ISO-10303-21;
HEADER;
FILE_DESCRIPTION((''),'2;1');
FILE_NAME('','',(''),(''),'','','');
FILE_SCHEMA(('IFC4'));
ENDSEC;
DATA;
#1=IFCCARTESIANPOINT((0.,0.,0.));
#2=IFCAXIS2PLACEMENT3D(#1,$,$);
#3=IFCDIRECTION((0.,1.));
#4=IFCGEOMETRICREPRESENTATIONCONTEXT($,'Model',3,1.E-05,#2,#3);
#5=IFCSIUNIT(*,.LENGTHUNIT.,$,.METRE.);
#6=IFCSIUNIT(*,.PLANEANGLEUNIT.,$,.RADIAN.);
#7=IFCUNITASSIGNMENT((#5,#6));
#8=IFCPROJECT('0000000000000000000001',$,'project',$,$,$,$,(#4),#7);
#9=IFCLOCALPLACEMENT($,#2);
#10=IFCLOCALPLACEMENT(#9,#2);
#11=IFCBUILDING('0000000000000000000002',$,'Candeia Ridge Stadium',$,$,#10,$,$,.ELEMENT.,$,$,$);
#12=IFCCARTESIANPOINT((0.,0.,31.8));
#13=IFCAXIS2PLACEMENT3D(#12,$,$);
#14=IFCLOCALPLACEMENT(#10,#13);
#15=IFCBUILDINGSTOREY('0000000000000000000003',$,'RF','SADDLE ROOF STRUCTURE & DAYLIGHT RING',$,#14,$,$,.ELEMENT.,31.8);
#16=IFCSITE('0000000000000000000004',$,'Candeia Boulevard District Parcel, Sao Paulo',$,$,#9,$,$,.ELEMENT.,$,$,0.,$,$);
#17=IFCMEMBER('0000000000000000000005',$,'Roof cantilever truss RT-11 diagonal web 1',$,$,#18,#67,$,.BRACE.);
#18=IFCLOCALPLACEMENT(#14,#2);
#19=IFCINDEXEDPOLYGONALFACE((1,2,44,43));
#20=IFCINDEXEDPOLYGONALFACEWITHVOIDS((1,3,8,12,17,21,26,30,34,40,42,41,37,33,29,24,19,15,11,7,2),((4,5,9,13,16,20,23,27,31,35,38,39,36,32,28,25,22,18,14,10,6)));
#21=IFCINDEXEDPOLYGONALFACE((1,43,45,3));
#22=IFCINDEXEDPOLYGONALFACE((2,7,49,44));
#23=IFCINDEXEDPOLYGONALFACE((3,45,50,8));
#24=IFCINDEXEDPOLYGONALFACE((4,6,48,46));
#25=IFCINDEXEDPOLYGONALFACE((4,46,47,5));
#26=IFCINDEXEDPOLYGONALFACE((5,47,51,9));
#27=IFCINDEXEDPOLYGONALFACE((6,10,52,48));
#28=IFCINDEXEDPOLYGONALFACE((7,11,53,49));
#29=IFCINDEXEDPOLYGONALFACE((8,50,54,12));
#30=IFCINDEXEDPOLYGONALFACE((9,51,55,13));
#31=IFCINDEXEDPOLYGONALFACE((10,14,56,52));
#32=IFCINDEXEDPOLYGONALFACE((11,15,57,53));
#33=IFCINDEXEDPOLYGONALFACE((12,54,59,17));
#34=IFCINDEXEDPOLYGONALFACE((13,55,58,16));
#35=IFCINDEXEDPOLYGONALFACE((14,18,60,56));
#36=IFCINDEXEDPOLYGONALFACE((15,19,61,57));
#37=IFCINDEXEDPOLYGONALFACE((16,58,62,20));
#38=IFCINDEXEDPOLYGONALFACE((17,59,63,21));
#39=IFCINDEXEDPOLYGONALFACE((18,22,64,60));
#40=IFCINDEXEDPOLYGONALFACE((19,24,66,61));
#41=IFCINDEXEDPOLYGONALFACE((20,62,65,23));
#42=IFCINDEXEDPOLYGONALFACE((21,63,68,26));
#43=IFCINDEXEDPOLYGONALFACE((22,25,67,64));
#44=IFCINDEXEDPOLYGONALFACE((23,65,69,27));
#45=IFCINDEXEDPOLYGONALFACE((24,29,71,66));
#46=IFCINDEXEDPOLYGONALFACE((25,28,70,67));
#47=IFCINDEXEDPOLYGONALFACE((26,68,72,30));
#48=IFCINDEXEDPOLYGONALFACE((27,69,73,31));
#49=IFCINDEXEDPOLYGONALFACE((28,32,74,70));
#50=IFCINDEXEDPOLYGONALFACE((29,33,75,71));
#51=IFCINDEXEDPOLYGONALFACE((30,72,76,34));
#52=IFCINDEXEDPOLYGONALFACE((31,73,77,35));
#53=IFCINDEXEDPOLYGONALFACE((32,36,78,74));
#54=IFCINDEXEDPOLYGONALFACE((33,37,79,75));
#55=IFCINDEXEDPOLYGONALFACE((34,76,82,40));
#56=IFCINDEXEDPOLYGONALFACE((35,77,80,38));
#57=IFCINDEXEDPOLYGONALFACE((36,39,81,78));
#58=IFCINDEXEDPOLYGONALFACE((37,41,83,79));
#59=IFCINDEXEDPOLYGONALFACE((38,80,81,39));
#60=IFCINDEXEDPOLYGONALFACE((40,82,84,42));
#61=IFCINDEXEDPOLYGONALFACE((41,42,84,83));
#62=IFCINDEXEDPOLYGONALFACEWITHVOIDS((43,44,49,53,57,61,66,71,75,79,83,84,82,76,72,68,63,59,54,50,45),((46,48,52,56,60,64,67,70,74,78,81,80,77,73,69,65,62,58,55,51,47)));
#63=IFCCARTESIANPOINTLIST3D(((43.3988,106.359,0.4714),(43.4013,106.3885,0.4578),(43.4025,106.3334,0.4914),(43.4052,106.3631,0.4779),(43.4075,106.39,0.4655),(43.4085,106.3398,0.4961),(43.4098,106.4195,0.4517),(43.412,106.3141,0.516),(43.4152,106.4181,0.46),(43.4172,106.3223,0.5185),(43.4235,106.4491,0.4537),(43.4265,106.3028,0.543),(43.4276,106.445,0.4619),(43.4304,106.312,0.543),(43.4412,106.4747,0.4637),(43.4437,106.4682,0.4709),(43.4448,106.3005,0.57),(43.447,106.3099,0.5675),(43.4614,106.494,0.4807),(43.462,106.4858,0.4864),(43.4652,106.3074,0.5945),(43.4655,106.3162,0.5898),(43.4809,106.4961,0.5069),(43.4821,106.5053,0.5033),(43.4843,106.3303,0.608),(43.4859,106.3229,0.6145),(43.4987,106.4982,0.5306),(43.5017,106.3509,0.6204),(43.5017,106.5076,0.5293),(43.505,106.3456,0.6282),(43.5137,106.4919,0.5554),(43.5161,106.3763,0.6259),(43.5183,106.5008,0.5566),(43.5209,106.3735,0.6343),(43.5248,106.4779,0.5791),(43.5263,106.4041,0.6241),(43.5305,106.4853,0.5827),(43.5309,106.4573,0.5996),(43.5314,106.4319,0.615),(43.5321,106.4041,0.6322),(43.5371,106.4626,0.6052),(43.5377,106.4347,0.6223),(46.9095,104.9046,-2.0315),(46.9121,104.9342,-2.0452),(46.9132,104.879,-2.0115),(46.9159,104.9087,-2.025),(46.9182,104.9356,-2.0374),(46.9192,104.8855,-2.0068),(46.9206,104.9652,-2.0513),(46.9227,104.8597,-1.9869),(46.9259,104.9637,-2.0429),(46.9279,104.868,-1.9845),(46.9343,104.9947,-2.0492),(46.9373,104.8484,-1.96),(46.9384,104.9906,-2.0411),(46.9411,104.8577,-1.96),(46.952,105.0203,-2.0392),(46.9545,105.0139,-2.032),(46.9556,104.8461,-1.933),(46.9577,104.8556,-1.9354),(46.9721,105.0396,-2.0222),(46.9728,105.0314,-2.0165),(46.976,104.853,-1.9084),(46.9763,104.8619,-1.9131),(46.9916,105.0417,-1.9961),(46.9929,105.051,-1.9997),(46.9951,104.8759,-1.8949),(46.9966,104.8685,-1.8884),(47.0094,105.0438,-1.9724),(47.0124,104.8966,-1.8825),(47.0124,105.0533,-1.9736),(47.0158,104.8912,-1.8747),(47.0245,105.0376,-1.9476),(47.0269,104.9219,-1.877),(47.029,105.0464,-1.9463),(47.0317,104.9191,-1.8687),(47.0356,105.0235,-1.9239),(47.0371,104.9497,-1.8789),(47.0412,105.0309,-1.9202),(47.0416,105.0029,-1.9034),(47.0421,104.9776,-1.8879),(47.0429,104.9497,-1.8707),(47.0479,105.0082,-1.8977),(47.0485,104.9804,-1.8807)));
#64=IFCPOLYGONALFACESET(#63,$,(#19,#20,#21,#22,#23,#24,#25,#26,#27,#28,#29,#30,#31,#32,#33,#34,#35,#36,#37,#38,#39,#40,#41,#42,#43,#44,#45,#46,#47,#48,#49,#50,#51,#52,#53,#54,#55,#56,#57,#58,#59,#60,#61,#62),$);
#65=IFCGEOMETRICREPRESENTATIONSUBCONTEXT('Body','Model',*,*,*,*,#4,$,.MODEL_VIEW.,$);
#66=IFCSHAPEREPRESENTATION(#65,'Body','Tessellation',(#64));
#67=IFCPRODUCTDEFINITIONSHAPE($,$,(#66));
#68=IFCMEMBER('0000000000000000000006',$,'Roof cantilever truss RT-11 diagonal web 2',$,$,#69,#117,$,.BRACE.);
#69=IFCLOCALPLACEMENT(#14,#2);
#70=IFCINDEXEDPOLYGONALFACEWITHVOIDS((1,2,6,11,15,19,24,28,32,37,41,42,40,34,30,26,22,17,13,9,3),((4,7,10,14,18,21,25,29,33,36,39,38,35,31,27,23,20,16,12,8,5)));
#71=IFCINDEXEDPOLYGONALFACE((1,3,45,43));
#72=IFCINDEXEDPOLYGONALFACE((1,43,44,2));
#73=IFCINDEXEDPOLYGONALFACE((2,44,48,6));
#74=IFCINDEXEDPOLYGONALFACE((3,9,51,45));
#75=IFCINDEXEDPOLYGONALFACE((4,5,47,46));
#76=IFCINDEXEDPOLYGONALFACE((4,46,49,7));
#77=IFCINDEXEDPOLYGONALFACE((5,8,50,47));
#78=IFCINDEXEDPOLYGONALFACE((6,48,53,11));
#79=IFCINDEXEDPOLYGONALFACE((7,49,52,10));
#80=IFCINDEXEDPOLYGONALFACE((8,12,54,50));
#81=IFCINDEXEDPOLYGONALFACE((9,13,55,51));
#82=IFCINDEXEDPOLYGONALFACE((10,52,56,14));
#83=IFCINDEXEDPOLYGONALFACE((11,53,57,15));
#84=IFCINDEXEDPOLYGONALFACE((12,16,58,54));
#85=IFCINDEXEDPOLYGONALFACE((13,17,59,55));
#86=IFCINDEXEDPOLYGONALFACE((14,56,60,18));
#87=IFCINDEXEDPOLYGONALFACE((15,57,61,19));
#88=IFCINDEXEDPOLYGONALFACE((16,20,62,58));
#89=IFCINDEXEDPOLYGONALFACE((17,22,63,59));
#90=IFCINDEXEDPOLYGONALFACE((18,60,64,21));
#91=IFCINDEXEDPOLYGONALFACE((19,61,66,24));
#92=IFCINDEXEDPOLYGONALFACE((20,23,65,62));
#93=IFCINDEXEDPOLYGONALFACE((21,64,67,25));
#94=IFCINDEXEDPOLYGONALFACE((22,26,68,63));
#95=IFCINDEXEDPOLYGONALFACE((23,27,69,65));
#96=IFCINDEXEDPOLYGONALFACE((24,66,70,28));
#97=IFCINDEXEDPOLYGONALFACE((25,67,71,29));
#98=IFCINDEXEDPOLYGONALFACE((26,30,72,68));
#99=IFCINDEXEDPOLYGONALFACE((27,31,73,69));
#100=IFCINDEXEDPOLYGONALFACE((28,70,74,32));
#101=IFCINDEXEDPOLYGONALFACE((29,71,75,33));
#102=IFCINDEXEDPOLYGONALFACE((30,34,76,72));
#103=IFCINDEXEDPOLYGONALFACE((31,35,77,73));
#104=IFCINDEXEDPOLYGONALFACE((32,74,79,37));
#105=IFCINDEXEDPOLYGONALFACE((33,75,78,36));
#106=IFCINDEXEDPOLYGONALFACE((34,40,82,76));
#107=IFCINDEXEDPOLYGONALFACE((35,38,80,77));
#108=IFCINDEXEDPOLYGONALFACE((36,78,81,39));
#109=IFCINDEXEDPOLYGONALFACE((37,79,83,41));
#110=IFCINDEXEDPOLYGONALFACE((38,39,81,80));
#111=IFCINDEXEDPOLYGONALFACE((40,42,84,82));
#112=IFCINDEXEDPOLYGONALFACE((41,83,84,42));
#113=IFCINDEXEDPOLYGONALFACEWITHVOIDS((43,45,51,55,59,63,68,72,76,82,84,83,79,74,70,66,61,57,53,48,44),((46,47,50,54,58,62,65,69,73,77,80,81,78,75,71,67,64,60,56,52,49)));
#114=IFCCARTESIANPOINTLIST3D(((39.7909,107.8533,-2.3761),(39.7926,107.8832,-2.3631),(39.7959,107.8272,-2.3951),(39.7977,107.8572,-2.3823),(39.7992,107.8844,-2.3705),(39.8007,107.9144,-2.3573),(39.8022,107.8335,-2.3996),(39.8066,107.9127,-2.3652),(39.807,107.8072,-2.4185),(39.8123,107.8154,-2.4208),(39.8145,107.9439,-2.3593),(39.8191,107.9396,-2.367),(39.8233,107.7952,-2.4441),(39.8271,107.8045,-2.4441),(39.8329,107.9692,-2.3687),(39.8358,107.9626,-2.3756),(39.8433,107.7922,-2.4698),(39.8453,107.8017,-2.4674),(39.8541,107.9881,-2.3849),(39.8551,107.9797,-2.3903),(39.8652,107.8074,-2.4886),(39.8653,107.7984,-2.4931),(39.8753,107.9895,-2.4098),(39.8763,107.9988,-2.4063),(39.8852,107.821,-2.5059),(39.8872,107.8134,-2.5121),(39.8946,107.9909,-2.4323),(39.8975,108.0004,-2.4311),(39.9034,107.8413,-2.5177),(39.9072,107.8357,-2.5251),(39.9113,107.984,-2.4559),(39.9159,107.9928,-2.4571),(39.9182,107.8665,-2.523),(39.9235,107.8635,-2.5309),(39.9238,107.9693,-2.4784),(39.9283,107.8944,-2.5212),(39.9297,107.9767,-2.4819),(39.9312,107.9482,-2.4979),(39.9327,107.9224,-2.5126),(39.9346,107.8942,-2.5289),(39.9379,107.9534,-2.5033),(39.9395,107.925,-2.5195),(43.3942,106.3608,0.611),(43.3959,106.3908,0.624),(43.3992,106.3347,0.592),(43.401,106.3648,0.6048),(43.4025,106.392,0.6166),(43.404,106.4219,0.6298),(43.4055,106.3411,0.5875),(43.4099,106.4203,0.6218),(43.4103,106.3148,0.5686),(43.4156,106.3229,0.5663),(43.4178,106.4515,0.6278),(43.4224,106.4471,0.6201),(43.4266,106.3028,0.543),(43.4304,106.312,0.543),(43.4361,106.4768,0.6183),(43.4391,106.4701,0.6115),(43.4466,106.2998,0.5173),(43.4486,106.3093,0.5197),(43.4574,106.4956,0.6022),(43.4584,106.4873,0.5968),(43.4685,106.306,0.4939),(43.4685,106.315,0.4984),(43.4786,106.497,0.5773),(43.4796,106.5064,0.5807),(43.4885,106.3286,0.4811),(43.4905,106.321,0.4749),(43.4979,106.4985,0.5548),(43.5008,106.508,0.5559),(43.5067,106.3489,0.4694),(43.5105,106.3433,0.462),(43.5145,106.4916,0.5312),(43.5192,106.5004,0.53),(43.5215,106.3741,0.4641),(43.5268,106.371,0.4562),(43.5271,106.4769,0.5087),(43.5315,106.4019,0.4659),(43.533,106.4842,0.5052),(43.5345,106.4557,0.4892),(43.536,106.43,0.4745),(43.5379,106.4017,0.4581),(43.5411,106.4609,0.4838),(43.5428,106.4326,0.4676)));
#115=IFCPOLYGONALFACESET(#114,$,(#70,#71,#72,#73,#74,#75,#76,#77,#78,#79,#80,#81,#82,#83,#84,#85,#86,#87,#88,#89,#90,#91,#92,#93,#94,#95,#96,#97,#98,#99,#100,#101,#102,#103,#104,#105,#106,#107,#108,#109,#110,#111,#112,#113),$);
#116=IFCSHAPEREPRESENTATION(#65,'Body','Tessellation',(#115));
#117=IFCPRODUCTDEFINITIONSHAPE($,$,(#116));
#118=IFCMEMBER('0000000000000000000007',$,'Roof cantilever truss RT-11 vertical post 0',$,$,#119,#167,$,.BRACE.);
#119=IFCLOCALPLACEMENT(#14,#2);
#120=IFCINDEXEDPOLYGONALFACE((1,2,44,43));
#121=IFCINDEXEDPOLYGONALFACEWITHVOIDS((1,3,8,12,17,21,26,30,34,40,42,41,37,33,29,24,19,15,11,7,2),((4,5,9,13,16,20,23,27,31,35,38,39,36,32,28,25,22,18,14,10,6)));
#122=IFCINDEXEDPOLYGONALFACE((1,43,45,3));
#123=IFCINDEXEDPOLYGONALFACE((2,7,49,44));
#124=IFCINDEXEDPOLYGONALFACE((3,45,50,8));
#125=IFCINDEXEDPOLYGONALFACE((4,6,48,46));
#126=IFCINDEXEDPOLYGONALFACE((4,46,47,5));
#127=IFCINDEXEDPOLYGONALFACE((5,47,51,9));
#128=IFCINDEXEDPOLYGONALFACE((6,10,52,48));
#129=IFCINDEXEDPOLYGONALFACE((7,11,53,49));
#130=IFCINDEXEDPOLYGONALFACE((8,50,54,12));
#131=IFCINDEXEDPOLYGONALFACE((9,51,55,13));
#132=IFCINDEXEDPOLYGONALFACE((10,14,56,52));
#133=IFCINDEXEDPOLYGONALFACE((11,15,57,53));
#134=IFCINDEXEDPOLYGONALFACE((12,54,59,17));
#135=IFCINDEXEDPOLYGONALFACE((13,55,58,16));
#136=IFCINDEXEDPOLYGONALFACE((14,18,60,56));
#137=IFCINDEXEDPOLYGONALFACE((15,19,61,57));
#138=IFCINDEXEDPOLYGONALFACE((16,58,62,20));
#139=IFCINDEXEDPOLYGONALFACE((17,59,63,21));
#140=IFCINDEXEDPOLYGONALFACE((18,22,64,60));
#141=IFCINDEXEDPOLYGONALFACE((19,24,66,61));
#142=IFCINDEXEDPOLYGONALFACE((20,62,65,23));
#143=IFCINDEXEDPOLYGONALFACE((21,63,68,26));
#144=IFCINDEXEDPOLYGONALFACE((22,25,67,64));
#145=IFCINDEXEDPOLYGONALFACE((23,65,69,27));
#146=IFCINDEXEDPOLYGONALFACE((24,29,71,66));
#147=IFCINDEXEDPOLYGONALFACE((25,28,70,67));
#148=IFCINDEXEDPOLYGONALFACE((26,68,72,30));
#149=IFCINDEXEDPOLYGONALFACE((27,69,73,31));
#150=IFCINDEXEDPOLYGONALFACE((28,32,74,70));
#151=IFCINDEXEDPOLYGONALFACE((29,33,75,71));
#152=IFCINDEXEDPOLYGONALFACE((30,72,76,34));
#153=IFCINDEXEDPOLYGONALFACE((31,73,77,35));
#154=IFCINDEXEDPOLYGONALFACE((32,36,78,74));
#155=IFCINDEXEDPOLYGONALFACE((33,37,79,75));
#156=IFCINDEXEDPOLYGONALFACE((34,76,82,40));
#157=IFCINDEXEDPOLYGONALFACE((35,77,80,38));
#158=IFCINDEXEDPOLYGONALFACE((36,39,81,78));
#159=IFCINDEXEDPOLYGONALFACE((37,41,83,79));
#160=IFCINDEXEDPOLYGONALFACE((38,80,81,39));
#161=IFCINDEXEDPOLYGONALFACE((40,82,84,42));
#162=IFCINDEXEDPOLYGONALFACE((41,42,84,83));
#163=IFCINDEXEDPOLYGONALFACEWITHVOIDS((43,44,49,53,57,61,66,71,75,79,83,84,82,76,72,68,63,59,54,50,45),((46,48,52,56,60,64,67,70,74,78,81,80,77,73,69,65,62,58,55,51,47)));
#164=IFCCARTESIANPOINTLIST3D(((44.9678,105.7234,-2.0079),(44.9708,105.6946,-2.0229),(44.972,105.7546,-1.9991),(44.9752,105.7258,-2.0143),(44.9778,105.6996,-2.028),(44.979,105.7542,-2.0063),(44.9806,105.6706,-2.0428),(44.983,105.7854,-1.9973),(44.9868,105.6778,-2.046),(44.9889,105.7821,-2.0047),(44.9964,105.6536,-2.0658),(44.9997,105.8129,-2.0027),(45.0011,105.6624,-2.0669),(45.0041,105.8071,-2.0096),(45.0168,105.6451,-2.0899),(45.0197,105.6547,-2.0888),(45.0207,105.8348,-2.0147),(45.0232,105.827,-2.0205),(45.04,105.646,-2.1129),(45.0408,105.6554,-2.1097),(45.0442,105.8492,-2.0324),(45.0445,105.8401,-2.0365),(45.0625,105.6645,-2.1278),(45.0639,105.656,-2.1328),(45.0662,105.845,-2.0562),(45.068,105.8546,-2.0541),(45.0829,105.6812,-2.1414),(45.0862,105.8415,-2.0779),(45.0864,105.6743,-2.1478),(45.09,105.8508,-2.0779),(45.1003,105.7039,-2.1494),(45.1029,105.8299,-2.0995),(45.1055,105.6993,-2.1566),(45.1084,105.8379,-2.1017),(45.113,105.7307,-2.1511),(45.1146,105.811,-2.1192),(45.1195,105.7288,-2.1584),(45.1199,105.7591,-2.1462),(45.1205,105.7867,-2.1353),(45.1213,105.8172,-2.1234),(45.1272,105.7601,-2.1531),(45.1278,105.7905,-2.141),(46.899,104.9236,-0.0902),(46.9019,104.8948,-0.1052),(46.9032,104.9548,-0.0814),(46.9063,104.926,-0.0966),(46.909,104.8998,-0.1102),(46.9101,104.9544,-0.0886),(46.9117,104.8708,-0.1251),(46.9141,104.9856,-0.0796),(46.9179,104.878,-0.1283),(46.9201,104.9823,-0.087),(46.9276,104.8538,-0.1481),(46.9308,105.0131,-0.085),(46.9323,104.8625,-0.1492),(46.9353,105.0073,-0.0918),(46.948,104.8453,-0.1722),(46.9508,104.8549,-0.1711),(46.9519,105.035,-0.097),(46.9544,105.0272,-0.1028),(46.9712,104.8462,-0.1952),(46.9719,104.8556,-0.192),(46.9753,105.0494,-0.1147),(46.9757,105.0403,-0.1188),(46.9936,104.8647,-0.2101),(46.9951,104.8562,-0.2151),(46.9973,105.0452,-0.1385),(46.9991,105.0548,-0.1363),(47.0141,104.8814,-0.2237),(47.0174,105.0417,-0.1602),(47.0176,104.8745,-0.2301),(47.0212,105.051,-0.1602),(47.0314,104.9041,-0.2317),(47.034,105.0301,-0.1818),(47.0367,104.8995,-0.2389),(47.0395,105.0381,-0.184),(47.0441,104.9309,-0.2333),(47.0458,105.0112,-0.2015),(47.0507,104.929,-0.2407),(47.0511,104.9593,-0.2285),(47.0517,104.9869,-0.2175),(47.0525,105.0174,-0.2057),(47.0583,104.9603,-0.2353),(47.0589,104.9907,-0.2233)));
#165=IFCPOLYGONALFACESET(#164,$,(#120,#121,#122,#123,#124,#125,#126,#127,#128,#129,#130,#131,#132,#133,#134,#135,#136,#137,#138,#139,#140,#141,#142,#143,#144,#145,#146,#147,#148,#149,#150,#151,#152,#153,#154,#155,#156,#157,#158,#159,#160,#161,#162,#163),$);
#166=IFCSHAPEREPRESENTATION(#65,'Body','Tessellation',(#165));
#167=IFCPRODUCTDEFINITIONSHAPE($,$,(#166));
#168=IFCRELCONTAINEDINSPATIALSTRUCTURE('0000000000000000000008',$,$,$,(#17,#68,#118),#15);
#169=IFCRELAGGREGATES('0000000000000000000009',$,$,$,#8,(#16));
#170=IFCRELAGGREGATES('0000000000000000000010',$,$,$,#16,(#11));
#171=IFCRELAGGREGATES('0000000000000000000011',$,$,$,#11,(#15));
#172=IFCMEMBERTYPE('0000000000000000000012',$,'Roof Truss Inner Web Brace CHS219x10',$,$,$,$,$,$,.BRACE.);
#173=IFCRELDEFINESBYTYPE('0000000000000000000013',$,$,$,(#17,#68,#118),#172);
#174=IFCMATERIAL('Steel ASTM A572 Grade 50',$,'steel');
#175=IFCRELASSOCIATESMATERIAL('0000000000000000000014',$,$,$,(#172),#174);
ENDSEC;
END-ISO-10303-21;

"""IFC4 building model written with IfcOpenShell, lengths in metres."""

from ifc_helpers import new_model, si_unit, direction, frame, origin, origin_2d, place, context, subcontext, project, spatial, hollow_circle, extrude, material, material_profile, profile_set, type_object, element, save


model = new_model("IFC4")

# Units and contexts
model_context = context("Model", 3, precision=1e-05, world=origin(), true_north=direction((0.0, 1.0)))
body_context = subcontext(model_context, "Body", "Model", "MODEL_VIEW")
ifc_project = project(units=[si_unit("LENGTHUNIT", "METRE"), si_unit("PLANEANGLEUNIT", "RADIAN")], contexts=[model_context])

# Site, building, storey
site_placement = place(None, origin())
site = spatial("IfcSite", under=ifc_project, at=site_placement, Name="Candeia Boulevard District Parcel, Sao Paulo", CompositionType="ELEMENT", RefElevation=0.0)
building_placement = place(site_placement, origin())
building = spatial("IfcBuilding", under=site, at=building_placement, Name="Candeia Ridge Stadium", CompositionType="ELEMENT")
storey_placement = place(building_placement, frame((0.0, 0.0, 31.8)))
storey = spatial("IfcBuildingStorey", under=building, at=storey_placement, Name="RF", Description="SADDLE ROOF STRUCTURE & DAYLIGHT RING", CompositionType="ELEMENT", Elevation=31.8)

# Shared definitions
ifc_material_1 = material(Name="Steel ASTM A572 Grade 50", Category="steel")

# Members
ifc_material_profile_1 = material_profile(ifc_material_1, hollow_circle(Radius=0.1096, WallThickness=0.01, at=origin_2d()), Name="CHS219x10", Category="steel")
ifc_profile_set_1 = profile_set([ifc_material_profile_1], Name="Steel ASTM A572 Grade 50")
member_type_1 = type_object("IfcMemberType", Name="Roof Truss Inner Web Brace CHS219x10", PredefinedType="BRACE", material=ifc_profile_set_1)
member_1_placement = place(storey_placement, frame((46.9792, 104.9497, -1.96), z_axis=(-0.771543, 0.319616, 0.55006), x_axis=(-0.382717, -0.923866, 0.0)))
element("IfcMember", 1, at=member_1_placement, inside=storey, type_object=member_type_1, Name="Roof cantilever truss RT-11 diagonal web 1", PredefinedType="BRACE", context=body_context, shape_type="SweptSolid", body=[
    extrude(hollow_circle(Radius=0.1096, WallThickness=0.01, at=origin_2d()), origin(), (0.0, 0.0, 1.0), 4.5503),
])
member_2_placement = place(storey_placement, frame((43.4685, 106.4041, 0.543), z_axis=(-0.733478, 0.303798, -0.608043), x_axis=(-0.382663, -0.923888, 0.0)))
element("IfcMember", 2, at=member_2_placement, inside=storey, type_object=member_type_1, Name="Roof cantilever truss RT-11 diagonal web 2", PredefinedType="BRACE", context=body_context, shape_type="SweptSolid", body=[
    extrude(hollow_circle(Radius=0.1096, WallThickness=0.01, at=origin_2d()), origin(), (0.0, 0.0, 1.0), 4.9126),
])
member_3_placement = place(storey_placement, frame((45.0481, 105.7495, -2.0779), z_axis=(0.680781, -0.281952, 0.676048), x_axis=(0.382641, 0.923897, 0.0)))
element("IfcMember", 3, at=member_3_placement, inside=storey, type_object=member_type_1, Name="Roof cantilever truss RT-11 vertical post 0", PredefinedType="BRACE", context=body_context, shape_type="SweptSolid", body=[
    extrude(hollow_circle(Radius=0.1096, WallThickness=0.01, at=origin_2d()), origin(), (0.0, 0.0, 1.0), 2.8367),
])

save(model, "model.ifc")
